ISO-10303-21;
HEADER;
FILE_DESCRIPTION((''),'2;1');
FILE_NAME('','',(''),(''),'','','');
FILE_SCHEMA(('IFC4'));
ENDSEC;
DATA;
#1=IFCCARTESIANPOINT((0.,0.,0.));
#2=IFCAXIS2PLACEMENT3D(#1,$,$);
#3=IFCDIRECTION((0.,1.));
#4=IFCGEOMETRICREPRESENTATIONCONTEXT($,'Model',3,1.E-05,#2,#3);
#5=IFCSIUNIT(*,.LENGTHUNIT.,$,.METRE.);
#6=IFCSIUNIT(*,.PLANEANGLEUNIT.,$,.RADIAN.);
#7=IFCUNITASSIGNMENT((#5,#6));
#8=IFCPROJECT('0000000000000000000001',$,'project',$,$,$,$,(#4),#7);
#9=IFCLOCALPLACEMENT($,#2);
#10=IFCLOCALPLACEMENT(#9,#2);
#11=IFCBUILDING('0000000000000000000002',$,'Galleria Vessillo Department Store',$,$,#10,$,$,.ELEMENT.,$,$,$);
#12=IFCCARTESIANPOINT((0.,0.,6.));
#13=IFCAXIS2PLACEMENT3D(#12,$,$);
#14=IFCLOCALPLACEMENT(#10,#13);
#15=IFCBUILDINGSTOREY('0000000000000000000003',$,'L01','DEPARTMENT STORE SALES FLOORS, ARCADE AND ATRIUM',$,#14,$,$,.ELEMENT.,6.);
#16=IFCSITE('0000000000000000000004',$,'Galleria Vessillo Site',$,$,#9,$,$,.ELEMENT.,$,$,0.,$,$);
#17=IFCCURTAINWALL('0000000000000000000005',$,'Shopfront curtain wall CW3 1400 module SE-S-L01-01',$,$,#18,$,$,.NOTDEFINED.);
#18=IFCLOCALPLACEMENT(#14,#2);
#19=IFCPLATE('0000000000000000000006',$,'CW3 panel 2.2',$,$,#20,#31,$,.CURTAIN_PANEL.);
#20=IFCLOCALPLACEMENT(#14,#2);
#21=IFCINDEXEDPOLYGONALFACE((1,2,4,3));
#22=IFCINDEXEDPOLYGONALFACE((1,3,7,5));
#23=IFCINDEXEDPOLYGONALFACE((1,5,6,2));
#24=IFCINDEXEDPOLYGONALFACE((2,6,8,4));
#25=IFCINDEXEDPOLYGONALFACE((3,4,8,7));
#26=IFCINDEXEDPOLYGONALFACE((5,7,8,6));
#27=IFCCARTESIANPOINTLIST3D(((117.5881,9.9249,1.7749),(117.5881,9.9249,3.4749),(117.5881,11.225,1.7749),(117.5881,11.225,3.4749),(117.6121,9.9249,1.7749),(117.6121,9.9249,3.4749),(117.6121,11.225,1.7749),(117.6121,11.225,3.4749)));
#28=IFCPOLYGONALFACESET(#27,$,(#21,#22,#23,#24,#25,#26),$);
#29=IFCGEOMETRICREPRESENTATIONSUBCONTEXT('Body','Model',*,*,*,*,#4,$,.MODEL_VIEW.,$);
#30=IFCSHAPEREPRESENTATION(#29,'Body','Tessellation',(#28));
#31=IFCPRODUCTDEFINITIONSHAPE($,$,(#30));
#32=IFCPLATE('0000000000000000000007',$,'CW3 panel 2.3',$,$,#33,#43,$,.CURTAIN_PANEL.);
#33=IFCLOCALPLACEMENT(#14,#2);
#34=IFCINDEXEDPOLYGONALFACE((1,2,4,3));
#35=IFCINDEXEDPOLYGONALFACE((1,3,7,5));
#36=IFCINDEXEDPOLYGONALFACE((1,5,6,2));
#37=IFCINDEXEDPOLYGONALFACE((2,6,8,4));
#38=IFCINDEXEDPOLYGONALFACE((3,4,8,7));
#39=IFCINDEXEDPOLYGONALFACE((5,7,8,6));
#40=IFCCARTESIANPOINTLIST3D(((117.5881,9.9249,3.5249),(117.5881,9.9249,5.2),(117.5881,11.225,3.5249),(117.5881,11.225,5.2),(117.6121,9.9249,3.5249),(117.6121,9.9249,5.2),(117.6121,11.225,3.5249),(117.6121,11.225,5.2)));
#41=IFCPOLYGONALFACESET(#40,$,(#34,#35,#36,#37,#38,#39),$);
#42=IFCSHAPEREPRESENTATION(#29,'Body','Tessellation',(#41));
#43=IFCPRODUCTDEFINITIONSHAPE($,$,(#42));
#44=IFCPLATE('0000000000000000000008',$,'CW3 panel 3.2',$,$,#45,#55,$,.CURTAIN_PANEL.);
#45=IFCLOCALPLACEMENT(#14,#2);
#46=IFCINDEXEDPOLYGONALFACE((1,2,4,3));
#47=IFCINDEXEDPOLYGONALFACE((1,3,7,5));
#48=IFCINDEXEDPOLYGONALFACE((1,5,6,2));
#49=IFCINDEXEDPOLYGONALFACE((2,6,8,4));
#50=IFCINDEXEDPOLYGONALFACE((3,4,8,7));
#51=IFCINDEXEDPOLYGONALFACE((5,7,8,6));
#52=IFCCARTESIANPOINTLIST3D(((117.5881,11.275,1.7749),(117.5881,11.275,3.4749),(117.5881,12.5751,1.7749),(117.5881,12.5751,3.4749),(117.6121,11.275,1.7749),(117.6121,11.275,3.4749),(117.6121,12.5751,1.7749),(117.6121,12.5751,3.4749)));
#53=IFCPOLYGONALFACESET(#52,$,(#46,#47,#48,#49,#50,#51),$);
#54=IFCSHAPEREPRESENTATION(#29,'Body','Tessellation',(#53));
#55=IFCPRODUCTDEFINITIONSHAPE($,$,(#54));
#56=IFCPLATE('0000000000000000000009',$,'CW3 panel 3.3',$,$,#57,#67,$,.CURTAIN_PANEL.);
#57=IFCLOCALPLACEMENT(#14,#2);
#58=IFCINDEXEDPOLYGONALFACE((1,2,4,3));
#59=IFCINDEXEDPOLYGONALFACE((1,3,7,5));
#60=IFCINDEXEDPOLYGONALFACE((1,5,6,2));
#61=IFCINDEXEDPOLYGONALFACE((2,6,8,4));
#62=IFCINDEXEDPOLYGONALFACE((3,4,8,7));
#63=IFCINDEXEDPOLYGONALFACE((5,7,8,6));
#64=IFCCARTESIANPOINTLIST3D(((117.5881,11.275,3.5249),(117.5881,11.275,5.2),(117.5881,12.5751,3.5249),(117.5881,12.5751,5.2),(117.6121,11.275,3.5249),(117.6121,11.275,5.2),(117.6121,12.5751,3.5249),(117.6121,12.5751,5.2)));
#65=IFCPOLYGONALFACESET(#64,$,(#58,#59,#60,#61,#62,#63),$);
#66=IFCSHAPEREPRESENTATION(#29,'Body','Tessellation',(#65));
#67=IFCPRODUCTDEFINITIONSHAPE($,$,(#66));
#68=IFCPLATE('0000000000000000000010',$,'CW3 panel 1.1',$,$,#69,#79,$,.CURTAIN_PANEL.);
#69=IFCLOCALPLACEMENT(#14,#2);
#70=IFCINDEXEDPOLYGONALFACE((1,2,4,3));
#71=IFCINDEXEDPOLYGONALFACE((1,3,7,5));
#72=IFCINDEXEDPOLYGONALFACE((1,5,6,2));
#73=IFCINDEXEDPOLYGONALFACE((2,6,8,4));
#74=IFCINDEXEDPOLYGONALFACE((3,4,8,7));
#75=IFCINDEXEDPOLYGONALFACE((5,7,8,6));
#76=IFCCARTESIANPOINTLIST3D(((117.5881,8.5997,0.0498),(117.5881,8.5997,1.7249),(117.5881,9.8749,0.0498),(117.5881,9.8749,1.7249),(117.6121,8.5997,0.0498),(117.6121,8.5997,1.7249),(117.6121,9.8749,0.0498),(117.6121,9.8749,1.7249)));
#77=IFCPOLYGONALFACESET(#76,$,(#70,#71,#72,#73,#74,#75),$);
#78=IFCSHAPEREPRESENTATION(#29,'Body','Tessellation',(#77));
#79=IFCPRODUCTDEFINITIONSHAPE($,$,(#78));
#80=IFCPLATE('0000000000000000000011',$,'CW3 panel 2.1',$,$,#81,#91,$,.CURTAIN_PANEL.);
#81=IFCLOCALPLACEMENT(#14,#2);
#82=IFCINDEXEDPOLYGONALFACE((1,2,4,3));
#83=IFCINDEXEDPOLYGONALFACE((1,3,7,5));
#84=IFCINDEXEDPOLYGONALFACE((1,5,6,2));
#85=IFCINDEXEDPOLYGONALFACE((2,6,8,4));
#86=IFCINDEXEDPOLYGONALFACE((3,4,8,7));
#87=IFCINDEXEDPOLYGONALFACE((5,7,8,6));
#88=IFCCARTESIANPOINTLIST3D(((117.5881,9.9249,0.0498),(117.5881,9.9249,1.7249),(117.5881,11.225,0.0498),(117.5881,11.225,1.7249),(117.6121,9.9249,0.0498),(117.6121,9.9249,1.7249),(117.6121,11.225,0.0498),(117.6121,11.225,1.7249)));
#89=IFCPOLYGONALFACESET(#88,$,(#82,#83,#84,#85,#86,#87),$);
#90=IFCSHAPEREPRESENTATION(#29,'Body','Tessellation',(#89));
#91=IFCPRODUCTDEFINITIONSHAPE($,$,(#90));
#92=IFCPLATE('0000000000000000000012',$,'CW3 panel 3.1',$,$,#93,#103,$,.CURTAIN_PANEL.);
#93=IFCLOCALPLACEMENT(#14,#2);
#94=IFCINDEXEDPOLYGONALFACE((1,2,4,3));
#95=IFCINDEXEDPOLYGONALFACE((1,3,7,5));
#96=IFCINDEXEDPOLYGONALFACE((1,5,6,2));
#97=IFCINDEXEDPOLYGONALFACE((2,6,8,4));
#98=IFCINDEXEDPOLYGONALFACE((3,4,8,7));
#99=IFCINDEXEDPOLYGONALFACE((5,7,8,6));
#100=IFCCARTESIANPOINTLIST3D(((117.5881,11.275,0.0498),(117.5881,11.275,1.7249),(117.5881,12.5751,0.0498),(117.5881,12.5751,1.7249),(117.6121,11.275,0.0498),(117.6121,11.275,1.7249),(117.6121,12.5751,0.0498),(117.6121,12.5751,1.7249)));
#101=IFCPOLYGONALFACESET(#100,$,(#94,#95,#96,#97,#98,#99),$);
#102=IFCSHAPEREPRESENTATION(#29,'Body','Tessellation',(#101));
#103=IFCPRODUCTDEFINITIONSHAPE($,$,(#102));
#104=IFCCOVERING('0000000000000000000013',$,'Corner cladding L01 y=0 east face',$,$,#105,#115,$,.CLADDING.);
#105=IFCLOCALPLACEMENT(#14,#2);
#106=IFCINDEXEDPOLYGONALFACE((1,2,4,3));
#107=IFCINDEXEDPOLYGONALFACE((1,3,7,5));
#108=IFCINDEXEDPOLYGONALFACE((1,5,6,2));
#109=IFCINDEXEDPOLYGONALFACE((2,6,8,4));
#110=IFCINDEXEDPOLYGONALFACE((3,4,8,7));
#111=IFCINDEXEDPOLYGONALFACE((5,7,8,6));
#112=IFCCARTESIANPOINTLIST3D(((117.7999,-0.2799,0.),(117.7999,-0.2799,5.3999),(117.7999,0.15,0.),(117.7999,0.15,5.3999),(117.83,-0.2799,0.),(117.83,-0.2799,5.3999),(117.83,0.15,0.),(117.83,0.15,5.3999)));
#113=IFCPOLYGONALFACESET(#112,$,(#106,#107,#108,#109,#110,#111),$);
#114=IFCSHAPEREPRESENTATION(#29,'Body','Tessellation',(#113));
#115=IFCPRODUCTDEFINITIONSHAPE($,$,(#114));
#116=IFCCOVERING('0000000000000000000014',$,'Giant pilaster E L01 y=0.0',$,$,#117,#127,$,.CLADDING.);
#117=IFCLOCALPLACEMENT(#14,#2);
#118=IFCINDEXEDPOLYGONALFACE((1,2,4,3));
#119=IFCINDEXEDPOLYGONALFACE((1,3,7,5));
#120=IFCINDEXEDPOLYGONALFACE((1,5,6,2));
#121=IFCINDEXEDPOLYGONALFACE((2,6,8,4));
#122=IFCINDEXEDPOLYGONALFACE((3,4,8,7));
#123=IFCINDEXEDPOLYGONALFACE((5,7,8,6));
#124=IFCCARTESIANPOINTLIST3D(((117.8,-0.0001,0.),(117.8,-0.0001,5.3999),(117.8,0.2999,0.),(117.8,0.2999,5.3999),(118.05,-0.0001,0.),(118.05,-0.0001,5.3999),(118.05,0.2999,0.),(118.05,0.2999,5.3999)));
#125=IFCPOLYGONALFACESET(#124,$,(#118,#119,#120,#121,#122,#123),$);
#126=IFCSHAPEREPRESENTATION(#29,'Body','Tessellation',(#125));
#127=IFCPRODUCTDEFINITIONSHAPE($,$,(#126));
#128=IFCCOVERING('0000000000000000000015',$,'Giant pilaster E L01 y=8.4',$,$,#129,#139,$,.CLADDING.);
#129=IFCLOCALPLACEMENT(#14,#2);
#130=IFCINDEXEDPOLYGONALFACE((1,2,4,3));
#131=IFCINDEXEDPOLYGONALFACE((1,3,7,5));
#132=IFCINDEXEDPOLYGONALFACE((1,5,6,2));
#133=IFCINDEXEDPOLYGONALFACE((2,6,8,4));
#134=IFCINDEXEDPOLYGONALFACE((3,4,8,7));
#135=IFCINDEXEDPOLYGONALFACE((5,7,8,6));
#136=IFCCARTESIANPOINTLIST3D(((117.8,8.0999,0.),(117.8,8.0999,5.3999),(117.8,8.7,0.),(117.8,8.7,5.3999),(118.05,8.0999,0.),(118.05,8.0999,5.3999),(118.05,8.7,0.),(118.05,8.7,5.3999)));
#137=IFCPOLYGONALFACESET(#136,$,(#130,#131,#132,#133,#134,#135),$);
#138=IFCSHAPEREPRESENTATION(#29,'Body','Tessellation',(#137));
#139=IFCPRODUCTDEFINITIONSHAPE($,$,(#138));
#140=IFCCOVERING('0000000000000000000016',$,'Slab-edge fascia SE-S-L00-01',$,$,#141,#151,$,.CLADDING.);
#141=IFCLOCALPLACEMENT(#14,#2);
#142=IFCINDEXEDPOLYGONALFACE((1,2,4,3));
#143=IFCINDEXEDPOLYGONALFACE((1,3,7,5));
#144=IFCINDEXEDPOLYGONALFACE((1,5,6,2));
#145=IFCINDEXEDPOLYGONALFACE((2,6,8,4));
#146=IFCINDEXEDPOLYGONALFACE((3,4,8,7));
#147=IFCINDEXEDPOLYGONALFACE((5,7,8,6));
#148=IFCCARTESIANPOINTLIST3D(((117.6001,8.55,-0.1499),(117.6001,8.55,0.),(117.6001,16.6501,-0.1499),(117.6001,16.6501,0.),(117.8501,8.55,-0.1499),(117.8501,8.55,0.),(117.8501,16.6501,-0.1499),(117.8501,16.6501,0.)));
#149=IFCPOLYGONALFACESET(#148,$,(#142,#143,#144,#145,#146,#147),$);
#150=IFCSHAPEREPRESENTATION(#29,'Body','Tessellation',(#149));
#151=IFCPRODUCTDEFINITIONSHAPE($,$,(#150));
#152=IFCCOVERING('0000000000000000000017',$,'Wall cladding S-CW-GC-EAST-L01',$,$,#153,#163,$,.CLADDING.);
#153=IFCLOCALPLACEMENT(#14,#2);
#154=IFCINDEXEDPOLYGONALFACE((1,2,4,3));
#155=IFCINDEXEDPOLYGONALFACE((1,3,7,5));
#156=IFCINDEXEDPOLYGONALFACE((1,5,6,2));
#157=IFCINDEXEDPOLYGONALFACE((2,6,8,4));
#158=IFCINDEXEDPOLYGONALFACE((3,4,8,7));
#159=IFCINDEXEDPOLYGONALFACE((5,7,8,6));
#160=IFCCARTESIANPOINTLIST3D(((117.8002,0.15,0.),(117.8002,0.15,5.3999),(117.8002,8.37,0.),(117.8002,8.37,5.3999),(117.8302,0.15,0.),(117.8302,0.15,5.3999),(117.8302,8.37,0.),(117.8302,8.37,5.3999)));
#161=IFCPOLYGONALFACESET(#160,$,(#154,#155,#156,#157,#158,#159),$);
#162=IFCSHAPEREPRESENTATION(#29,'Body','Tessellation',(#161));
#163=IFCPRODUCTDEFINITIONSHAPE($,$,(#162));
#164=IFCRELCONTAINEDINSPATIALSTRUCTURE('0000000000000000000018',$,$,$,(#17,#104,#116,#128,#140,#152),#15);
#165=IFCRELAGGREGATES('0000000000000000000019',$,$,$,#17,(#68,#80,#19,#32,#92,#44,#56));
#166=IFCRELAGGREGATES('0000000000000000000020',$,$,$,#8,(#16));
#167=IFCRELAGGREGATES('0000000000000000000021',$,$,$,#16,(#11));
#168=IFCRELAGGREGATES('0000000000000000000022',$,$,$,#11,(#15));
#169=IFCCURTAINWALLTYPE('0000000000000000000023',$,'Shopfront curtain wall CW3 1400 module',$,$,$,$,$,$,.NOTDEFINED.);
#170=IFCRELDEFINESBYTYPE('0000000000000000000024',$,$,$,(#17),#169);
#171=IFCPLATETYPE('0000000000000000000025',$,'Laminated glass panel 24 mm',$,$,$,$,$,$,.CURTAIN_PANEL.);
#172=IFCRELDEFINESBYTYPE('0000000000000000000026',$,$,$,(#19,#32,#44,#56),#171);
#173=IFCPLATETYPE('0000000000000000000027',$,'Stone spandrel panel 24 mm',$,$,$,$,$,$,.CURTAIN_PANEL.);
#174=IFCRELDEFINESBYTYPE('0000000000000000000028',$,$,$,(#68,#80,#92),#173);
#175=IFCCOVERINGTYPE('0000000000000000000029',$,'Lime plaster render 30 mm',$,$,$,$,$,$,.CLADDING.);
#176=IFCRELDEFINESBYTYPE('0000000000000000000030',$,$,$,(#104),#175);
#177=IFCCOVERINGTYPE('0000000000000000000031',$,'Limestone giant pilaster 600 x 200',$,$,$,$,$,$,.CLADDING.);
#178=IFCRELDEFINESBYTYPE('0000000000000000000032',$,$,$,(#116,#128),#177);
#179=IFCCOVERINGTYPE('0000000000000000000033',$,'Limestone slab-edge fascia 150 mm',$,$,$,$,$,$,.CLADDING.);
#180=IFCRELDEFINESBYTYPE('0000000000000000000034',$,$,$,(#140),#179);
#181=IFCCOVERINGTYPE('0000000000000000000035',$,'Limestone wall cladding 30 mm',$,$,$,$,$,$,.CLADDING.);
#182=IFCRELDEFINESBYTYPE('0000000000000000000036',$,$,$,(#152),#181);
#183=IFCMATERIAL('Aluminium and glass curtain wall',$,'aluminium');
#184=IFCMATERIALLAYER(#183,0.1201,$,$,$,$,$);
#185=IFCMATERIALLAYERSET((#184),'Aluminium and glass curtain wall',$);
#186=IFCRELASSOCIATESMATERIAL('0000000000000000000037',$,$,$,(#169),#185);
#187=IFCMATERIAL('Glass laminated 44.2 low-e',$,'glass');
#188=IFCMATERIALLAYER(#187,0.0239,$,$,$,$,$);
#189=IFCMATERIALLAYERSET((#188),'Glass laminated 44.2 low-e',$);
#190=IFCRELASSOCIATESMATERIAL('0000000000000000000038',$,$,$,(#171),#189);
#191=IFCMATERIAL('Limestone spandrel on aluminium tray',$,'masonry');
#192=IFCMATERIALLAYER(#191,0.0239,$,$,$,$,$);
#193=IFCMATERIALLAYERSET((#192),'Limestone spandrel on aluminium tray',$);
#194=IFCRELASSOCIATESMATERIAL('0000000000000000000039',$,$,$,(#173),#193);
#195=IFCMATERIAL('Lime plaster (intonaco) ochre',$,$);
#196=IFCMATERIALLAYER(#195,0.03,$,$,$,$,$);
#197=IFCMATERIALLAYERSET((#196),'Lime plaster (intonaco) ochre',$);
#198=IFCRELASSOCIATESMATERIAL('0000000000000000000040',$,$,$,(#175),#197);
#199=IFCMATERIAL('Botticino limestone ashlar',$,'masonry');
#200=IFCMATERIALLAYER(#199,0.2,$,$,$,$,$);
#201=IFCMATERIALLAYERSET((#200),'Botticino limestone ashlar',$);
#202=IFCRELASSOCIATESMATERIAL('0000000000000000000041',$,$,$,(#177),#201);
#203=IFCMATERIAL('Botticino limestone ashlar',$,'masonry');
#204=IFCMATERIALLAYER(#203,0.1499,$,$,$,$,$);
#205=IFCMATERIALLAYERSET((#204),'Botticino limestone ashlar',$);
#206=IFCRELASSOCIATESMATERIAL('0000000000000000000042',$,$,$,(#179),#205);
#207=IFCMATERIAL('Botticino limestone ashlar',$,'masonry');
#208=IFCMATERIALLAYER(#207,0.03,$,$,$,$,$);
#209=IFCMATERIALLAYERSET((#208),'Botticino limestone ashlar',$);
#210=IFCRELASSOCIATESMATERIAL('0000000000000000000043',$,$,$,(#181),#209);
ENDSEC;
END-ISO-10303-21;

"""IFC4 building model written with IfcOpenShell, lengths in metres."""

from ifc_helpers import new_model, si_unit, direction, frame, origin, origin_2d, place, context, subcontext, project, spatial, rectangle, extrude, material, layer, layer_set, type_object, element, aggregate, save


model = new_model("IFC4")

# Units and contexts
model_context = context("Model", 3, precision=1e-05, world=origin(), true_north=direction((0.0, 1.0)))
body_context = subcontext(model_context, "Body", "Model", "MODEL_VIEW")
ifc_project = project(units=[si_unit("LENGTHUNIT", "METRE"), si_unit("PLANEANGLEUNIT", "RADIAN")], contexts=[model_context])

# Site, building, storey
site_placement = place(None, origin())
site = spatial("IfcSite", under=ifc_project, at=site_placement, Name="Galleria Vessillo Site", CompositionType="ELEMENT", RefElevation=0.0)
building_placement = place(site_placement, origin())
building = spatial("IfcBuilding", under=site, at=building_placement, Name="Galleria Vessillo Department Store", CompositionType="ELEMENT")
storey_placement = place(building_placement, frame((0.0, 0.0, 6.0)))
storey = spatial("IfcBuildingStorey", under=building, at=storey_placement, Name="L01", Description="DEPARTMENT STORE SALES FLOORS, ARCADE AND ATRIUM", CompositionType="ELEMENT", Elevation=6.0)

# Curtain wall, plates
ifc_material_1 = material(Name="Aluminium and glass curtain wall", Category="aluminium")
ifc_layer_1 = layer(ifc_material_1, 0.1201)
ifc_layer_set_1 = layer_set([ifc_layer_1], Name="Aluminium and glass curtain wall")
curtain_wall_type = type_object("IfcCurtainWallType", Name="Shopfront curtain wall CW3 1400 module", PredefinedType="NOTDEFINED", material=ifc_layer_set_1)
curtain_wall_placement = place(storey_placement, origin())
curtain_wall = element("IfcCurtainWall", 1, at=curtain_wall_placement, inside=storey, type_object=curtain_wall_type, Name="Shopfront curtain wall CW3 1400 module SE-S-L01-01", PredefinedType="NOTDEFINED")
ifc_material_2 = material(Name="Glass laminated 44.2 low-e", Category="glass")
ifc_layer_2 = layer(ifc_material_2, 0.0239)
ifc_layer_set_2 = layer_set([ifc_layer_2], Name="Glass laminated 44.2 low-e")
plate_type_1 = type_object("IfcPlateType", Name="Laminated glass panel 24 mm", PredefinedType="CURTAIN_PANEL", material=ifc_layer_set_2)
plate_1_placement = place(storey_placement, frame((117.6001, 10.575, 1.7749), z_axis=(0.0, 0.0, 1.0), x_axis=(0.0, 1.0, 0.0)))
plate_1 = element("IfcPlate", 2, at=plate_1_placement, type_object=plate_type_1, Name="CW3 panel 2.2", PredefinedType="CURTAIN_PANEL", context=body_context, shape_type="SweptSolid", body=[
    extrude(rectangle(XDim=1.3, YDim=0.0239, at=origin_2d()), origin(), (0.0, 0.0, 1.0), 1.7),
])
plate_2_placement = place(storey_placement, frame((117.6001, 10.575, 3.5249), z_axis=(0.0, 0.0, 1.0), x_axis=(0.0, 1.0, 0.0)))
plate_2 = element("IfcPlate", 3, at=plate_2_placement, type_object=plate_type_1, Name="CW3 panel 2.3", PredefinedType="CURTAIN_PANEL", context=body_context, shape_type="SweptSolid", body=[
    extrude(rectangle(XDim=1.3, YDim=0.0239, at=origin_2d()), origin(), (0.0, 0.0, 1.0), 1.675),
])
plate_3_placement = place(storey_placement, frame((117.6001, 11.925, 1.7749), z_axis=(0.0, 0.0, 1.0), x_axis=(0.0, 1.0, 0.0)))
plate_3 = element("IfcPlate", 4, at=plate_3_placement, type_object=plate_type_1, Name="CW3 panel 3.2", PredefinedType="CURTAIN_PANEL", context=body_context, shape_type="SweptSolid", body=[
    extrude(rectangle(XDim=1.3, YDim=0.0239, at=origin_2d()), origin(), (0.0, 0.0, 1.0), 1.7),
])
plate_4_placement = place(storey_placement, frame((117.6001, 11.925, 3.5249), z_axis=(0.0, 0.0, 1.0), x_axis=(0.0, 1.0, 0.0)))
plate_4 = element("IfcPlate", 5, at=plate_4_placement, type_object=plate_type_1, Name="CW3 panel 3.3", PredefinedType="CURTAIN_PANEL", context=body_context, shape_type="SweptSolid", body=[
    extrude(rectangle(XDim=1.3, YDim=0.0239, at=origin_2d()), origin(), (0.0, 0.0, 1.0), 1.675),
])
ifc_material_3 = material(Name="Limestone spandrel on aluminium tray", Category="masonry")
ifc_layer_3 = layer(ifc_material_3, 0.0239)
ifc_layer_set_3 = layer_set([ifc_layer_3], Name="Limestone spandrel on aluminium tray")
plate_type_2 = type_object("IfcPlateType", Name="Stone spandrel panel 24 mm", PredefinedType="CURTAIN_PANEL", material=ifc_layer_set_3)
plate_5_placement = place(storey_placement, frame((117.6001, 9.2373, 0.0498), z_axis=(0.0, 0.0, 1.0), x_axis=(0.0, 1.0, 0.0)))
plate_5 = element("IfcPlate", 6, at=plate_5_placement, type_object=plate_type_2, Name="CW3 panel 1.1", PredefinedType="CURTAIN_PANEL", context=body_context, shape_type="SweptSolid", body=[
    extrude(rectangle(XDim=1.2751, YDim=0.0239, at=origin_2d()), origin(), (0.0, 0.0, 1.0), 1.675),
])
plate_6_placement = place(storey_placement, frame((117.6001, 10.575, 0.0498), z_axis=(0.0, 0.0, 1.0), x_axis=(0.0, 1.0, 0.0)))
plate_6 = element("IfcPlate", 7, at=plate_6_placement, type_object=plate_type_2, Name="CW3 panel 2.1", PredefinedType="CURTAIN_PANEL", context=body_context, shape_type="SweptSolid", body=[
    extrude(rectangle(XDim=1.3, YDim=0.0239, at=origin_2d()), origin(), (0.0, 0.0, 1.0), 1.675),
])
plate_7_placement = place(storey_placement, frame((117.6001, 11.925, 0.0498), z_axis=(0.0, 0.0, 1.0), x_axis=(0.0, 1.0, 0.0)))
plate_7 = element("IfcPlate", 8, at=plate_7_placement, type_object=plate_type_2, Name="CW3 panel 3.1", PredefinedType="CURTAIN_PANEL", context=body_context, shape_type="SweptSolid", body=[
    extrude(rectangle(XDim=1.3, YDim=0.0239, at=origin_2d()), origin(), (0.0, 0.0, 1.0), 1.675),
])
aggregate(curtain_wall, [plate_5, plate_6, plate_1, plate_2, plate_7, plate_3, plate_4])

# Coverings
ifc_material_4 = material(Name="Lime plaster (intonaco) ochre")
ifc_layer_4 = layer(ifc_material_4, 0.03)
ifc_layer_set_4 = layer_set([ifc_layer_4], Name="Lime plaster (intonaco) ochre")
covering_type_1 = type_object("IfcCoveringType", Name="Lime plaster render 30 mm", PredefinedType="CLADDING", material=ifc_layer_set_4)
covering_1_placement = place(storey_placement, frame((117.8149, -0.0649, 0.0), z_axis=(0.0, 0.0, 1.0), x_axis=(1.0, 0.0, 0.0)))
element("IfcCovering", 9, at=covering_1_placement, inside=storey, type_object=covering_type_1, Name="Corner cladding L01 y=0 east face", PredefinedType="CLADDING", context=body_context, shape_type="SweptSolid", body=[
    extrude(rectangle(XDim=0.03, YDim=0.4299, at=origin_2d()), origin(), (0.0, 0.0, 1.0), 5.3999),
])
ifc_material_5 = material(Name="Botticino limestone ashlar", Category="masonry")
ifc_layer_5 = layer(ifc_material_5, 0.2)
ifc_layer_set_5 = layer_set([ifc_layer_5], Name="Botticino limestone ashlar")
covering_type_2 = type_object("IfcCoveringType", Name="Limestone giant pilaster 600 x 200", PredefinedType="CLADDING", material=ifc_layer_set_5)
covering_2_placement = place(storey_placement, frame((117.925, 0.1499, 0.0), z_axis=(0.0, 0.0, 1.0), x_axis=(1.0, 0.0, 0.0)))
element("IfcCovering", 10, at=covering_2_placement, inside=storey, type_object=covering_type_2, Name="Giant pilaster E L01 y=0.0", PredefinedType="CLADDING", context=body_context, shape_type="SweptSolid", body=[
    extrude(rectangle(XDim=0.25, YDim=0.3, at=origin_2d()), origin(), (0.0, 0.0, 1.0), 5.3999),
])
covering_3_placement = place(storey_placement, frame((117.925, 8.3999, 0.0), z_axis=(0.0, 0.0, 1.0), x_axis=(1.0, 0.0, 0.0)))
element("IfcCovering", 11, at=covering_3_placement, inside=storey, type_object=covering_type_2, Name="Giant pilaster E L01 y=8.4", PredefinedType="CLADDING", context=body_context, shape_type="SweptSolid", body=[
    extrude(rectangle(XDim=0.25, YDim=0.6001, at=origin_2d()), origin(), (0.0, 0.0, 1.0), 5.3999),
])
ifc_material_6 = material(Name="Botticino limestone ashlar", Category="masonry")
ifc_layer_6 = layer(ifc_material_6, 0.1499)
ifc_layer_set_6 = layer_set([ifc_layer_6], Name="Botticino limestone ashlar")
covering_type_3 = type_object("IfcCoveringType", Name="Limestone slab-edge fascia 150 mm", PredefinedType="CLADDING", material=ifc_layer_set_6)
covering_4_placement = place(storey_placement, frame((117.7251, 12.6001, -0.1499), z_axis=(0.0, 0.0, 1.0), x_axis=(1.0, 0.0, 0.0)))
element("IfcCovering", 12, at=covering_4_placement, inside=storey, type_object=covering_type_3, Name="Slab-edge fascia SE-S-L00-01", PredefinedType="CLADDING", context=body_context, shape_type="SweptSolid", body=[
    extrude(rectangle(XDim=0.25, YDim=8.1001, at=origin_2d()), origin(), (0.0, 0.0, 1.0), 0.1499),
])
ifc_material_7 = material(Name="Botticino limestone ashlar", Category="masonry")
ifc_layer_7 = layer(ifc_material_7, 0.03)
ifc_layer_set_7 = layer_set([ifc_layer_7], Name="Botticino limestone ashlar")
covering_type_4 = type_object("IfcCoveringType", Name="Limestone wall cladding 30 mm", PredefinedType="CLADDING", material=ifc_layer_set_7)
covering_5_placement = place(storey_placement, frame((117.8152, 4.26, 0.0), z_axis=(0.0, 0.0, 1.0), x_axis=(1.0, 0.0, 0.0)))
element("IfcCovering", 13, at=covering_5_placement, inside=storey, type_object=covering_type_4, Name="Wall cladding S-CW-GC-EAST-L01", PredefinedType="CLADDING", context=body_context, shape_type="SweptSolid", body=[
    extrude(rectangle(XDim=0.03, YDim=8.22, at=origin_2d()), origin(), (0.0, 0.0, 1.0), 5.3999),
])

save(model, "model.ifc")
